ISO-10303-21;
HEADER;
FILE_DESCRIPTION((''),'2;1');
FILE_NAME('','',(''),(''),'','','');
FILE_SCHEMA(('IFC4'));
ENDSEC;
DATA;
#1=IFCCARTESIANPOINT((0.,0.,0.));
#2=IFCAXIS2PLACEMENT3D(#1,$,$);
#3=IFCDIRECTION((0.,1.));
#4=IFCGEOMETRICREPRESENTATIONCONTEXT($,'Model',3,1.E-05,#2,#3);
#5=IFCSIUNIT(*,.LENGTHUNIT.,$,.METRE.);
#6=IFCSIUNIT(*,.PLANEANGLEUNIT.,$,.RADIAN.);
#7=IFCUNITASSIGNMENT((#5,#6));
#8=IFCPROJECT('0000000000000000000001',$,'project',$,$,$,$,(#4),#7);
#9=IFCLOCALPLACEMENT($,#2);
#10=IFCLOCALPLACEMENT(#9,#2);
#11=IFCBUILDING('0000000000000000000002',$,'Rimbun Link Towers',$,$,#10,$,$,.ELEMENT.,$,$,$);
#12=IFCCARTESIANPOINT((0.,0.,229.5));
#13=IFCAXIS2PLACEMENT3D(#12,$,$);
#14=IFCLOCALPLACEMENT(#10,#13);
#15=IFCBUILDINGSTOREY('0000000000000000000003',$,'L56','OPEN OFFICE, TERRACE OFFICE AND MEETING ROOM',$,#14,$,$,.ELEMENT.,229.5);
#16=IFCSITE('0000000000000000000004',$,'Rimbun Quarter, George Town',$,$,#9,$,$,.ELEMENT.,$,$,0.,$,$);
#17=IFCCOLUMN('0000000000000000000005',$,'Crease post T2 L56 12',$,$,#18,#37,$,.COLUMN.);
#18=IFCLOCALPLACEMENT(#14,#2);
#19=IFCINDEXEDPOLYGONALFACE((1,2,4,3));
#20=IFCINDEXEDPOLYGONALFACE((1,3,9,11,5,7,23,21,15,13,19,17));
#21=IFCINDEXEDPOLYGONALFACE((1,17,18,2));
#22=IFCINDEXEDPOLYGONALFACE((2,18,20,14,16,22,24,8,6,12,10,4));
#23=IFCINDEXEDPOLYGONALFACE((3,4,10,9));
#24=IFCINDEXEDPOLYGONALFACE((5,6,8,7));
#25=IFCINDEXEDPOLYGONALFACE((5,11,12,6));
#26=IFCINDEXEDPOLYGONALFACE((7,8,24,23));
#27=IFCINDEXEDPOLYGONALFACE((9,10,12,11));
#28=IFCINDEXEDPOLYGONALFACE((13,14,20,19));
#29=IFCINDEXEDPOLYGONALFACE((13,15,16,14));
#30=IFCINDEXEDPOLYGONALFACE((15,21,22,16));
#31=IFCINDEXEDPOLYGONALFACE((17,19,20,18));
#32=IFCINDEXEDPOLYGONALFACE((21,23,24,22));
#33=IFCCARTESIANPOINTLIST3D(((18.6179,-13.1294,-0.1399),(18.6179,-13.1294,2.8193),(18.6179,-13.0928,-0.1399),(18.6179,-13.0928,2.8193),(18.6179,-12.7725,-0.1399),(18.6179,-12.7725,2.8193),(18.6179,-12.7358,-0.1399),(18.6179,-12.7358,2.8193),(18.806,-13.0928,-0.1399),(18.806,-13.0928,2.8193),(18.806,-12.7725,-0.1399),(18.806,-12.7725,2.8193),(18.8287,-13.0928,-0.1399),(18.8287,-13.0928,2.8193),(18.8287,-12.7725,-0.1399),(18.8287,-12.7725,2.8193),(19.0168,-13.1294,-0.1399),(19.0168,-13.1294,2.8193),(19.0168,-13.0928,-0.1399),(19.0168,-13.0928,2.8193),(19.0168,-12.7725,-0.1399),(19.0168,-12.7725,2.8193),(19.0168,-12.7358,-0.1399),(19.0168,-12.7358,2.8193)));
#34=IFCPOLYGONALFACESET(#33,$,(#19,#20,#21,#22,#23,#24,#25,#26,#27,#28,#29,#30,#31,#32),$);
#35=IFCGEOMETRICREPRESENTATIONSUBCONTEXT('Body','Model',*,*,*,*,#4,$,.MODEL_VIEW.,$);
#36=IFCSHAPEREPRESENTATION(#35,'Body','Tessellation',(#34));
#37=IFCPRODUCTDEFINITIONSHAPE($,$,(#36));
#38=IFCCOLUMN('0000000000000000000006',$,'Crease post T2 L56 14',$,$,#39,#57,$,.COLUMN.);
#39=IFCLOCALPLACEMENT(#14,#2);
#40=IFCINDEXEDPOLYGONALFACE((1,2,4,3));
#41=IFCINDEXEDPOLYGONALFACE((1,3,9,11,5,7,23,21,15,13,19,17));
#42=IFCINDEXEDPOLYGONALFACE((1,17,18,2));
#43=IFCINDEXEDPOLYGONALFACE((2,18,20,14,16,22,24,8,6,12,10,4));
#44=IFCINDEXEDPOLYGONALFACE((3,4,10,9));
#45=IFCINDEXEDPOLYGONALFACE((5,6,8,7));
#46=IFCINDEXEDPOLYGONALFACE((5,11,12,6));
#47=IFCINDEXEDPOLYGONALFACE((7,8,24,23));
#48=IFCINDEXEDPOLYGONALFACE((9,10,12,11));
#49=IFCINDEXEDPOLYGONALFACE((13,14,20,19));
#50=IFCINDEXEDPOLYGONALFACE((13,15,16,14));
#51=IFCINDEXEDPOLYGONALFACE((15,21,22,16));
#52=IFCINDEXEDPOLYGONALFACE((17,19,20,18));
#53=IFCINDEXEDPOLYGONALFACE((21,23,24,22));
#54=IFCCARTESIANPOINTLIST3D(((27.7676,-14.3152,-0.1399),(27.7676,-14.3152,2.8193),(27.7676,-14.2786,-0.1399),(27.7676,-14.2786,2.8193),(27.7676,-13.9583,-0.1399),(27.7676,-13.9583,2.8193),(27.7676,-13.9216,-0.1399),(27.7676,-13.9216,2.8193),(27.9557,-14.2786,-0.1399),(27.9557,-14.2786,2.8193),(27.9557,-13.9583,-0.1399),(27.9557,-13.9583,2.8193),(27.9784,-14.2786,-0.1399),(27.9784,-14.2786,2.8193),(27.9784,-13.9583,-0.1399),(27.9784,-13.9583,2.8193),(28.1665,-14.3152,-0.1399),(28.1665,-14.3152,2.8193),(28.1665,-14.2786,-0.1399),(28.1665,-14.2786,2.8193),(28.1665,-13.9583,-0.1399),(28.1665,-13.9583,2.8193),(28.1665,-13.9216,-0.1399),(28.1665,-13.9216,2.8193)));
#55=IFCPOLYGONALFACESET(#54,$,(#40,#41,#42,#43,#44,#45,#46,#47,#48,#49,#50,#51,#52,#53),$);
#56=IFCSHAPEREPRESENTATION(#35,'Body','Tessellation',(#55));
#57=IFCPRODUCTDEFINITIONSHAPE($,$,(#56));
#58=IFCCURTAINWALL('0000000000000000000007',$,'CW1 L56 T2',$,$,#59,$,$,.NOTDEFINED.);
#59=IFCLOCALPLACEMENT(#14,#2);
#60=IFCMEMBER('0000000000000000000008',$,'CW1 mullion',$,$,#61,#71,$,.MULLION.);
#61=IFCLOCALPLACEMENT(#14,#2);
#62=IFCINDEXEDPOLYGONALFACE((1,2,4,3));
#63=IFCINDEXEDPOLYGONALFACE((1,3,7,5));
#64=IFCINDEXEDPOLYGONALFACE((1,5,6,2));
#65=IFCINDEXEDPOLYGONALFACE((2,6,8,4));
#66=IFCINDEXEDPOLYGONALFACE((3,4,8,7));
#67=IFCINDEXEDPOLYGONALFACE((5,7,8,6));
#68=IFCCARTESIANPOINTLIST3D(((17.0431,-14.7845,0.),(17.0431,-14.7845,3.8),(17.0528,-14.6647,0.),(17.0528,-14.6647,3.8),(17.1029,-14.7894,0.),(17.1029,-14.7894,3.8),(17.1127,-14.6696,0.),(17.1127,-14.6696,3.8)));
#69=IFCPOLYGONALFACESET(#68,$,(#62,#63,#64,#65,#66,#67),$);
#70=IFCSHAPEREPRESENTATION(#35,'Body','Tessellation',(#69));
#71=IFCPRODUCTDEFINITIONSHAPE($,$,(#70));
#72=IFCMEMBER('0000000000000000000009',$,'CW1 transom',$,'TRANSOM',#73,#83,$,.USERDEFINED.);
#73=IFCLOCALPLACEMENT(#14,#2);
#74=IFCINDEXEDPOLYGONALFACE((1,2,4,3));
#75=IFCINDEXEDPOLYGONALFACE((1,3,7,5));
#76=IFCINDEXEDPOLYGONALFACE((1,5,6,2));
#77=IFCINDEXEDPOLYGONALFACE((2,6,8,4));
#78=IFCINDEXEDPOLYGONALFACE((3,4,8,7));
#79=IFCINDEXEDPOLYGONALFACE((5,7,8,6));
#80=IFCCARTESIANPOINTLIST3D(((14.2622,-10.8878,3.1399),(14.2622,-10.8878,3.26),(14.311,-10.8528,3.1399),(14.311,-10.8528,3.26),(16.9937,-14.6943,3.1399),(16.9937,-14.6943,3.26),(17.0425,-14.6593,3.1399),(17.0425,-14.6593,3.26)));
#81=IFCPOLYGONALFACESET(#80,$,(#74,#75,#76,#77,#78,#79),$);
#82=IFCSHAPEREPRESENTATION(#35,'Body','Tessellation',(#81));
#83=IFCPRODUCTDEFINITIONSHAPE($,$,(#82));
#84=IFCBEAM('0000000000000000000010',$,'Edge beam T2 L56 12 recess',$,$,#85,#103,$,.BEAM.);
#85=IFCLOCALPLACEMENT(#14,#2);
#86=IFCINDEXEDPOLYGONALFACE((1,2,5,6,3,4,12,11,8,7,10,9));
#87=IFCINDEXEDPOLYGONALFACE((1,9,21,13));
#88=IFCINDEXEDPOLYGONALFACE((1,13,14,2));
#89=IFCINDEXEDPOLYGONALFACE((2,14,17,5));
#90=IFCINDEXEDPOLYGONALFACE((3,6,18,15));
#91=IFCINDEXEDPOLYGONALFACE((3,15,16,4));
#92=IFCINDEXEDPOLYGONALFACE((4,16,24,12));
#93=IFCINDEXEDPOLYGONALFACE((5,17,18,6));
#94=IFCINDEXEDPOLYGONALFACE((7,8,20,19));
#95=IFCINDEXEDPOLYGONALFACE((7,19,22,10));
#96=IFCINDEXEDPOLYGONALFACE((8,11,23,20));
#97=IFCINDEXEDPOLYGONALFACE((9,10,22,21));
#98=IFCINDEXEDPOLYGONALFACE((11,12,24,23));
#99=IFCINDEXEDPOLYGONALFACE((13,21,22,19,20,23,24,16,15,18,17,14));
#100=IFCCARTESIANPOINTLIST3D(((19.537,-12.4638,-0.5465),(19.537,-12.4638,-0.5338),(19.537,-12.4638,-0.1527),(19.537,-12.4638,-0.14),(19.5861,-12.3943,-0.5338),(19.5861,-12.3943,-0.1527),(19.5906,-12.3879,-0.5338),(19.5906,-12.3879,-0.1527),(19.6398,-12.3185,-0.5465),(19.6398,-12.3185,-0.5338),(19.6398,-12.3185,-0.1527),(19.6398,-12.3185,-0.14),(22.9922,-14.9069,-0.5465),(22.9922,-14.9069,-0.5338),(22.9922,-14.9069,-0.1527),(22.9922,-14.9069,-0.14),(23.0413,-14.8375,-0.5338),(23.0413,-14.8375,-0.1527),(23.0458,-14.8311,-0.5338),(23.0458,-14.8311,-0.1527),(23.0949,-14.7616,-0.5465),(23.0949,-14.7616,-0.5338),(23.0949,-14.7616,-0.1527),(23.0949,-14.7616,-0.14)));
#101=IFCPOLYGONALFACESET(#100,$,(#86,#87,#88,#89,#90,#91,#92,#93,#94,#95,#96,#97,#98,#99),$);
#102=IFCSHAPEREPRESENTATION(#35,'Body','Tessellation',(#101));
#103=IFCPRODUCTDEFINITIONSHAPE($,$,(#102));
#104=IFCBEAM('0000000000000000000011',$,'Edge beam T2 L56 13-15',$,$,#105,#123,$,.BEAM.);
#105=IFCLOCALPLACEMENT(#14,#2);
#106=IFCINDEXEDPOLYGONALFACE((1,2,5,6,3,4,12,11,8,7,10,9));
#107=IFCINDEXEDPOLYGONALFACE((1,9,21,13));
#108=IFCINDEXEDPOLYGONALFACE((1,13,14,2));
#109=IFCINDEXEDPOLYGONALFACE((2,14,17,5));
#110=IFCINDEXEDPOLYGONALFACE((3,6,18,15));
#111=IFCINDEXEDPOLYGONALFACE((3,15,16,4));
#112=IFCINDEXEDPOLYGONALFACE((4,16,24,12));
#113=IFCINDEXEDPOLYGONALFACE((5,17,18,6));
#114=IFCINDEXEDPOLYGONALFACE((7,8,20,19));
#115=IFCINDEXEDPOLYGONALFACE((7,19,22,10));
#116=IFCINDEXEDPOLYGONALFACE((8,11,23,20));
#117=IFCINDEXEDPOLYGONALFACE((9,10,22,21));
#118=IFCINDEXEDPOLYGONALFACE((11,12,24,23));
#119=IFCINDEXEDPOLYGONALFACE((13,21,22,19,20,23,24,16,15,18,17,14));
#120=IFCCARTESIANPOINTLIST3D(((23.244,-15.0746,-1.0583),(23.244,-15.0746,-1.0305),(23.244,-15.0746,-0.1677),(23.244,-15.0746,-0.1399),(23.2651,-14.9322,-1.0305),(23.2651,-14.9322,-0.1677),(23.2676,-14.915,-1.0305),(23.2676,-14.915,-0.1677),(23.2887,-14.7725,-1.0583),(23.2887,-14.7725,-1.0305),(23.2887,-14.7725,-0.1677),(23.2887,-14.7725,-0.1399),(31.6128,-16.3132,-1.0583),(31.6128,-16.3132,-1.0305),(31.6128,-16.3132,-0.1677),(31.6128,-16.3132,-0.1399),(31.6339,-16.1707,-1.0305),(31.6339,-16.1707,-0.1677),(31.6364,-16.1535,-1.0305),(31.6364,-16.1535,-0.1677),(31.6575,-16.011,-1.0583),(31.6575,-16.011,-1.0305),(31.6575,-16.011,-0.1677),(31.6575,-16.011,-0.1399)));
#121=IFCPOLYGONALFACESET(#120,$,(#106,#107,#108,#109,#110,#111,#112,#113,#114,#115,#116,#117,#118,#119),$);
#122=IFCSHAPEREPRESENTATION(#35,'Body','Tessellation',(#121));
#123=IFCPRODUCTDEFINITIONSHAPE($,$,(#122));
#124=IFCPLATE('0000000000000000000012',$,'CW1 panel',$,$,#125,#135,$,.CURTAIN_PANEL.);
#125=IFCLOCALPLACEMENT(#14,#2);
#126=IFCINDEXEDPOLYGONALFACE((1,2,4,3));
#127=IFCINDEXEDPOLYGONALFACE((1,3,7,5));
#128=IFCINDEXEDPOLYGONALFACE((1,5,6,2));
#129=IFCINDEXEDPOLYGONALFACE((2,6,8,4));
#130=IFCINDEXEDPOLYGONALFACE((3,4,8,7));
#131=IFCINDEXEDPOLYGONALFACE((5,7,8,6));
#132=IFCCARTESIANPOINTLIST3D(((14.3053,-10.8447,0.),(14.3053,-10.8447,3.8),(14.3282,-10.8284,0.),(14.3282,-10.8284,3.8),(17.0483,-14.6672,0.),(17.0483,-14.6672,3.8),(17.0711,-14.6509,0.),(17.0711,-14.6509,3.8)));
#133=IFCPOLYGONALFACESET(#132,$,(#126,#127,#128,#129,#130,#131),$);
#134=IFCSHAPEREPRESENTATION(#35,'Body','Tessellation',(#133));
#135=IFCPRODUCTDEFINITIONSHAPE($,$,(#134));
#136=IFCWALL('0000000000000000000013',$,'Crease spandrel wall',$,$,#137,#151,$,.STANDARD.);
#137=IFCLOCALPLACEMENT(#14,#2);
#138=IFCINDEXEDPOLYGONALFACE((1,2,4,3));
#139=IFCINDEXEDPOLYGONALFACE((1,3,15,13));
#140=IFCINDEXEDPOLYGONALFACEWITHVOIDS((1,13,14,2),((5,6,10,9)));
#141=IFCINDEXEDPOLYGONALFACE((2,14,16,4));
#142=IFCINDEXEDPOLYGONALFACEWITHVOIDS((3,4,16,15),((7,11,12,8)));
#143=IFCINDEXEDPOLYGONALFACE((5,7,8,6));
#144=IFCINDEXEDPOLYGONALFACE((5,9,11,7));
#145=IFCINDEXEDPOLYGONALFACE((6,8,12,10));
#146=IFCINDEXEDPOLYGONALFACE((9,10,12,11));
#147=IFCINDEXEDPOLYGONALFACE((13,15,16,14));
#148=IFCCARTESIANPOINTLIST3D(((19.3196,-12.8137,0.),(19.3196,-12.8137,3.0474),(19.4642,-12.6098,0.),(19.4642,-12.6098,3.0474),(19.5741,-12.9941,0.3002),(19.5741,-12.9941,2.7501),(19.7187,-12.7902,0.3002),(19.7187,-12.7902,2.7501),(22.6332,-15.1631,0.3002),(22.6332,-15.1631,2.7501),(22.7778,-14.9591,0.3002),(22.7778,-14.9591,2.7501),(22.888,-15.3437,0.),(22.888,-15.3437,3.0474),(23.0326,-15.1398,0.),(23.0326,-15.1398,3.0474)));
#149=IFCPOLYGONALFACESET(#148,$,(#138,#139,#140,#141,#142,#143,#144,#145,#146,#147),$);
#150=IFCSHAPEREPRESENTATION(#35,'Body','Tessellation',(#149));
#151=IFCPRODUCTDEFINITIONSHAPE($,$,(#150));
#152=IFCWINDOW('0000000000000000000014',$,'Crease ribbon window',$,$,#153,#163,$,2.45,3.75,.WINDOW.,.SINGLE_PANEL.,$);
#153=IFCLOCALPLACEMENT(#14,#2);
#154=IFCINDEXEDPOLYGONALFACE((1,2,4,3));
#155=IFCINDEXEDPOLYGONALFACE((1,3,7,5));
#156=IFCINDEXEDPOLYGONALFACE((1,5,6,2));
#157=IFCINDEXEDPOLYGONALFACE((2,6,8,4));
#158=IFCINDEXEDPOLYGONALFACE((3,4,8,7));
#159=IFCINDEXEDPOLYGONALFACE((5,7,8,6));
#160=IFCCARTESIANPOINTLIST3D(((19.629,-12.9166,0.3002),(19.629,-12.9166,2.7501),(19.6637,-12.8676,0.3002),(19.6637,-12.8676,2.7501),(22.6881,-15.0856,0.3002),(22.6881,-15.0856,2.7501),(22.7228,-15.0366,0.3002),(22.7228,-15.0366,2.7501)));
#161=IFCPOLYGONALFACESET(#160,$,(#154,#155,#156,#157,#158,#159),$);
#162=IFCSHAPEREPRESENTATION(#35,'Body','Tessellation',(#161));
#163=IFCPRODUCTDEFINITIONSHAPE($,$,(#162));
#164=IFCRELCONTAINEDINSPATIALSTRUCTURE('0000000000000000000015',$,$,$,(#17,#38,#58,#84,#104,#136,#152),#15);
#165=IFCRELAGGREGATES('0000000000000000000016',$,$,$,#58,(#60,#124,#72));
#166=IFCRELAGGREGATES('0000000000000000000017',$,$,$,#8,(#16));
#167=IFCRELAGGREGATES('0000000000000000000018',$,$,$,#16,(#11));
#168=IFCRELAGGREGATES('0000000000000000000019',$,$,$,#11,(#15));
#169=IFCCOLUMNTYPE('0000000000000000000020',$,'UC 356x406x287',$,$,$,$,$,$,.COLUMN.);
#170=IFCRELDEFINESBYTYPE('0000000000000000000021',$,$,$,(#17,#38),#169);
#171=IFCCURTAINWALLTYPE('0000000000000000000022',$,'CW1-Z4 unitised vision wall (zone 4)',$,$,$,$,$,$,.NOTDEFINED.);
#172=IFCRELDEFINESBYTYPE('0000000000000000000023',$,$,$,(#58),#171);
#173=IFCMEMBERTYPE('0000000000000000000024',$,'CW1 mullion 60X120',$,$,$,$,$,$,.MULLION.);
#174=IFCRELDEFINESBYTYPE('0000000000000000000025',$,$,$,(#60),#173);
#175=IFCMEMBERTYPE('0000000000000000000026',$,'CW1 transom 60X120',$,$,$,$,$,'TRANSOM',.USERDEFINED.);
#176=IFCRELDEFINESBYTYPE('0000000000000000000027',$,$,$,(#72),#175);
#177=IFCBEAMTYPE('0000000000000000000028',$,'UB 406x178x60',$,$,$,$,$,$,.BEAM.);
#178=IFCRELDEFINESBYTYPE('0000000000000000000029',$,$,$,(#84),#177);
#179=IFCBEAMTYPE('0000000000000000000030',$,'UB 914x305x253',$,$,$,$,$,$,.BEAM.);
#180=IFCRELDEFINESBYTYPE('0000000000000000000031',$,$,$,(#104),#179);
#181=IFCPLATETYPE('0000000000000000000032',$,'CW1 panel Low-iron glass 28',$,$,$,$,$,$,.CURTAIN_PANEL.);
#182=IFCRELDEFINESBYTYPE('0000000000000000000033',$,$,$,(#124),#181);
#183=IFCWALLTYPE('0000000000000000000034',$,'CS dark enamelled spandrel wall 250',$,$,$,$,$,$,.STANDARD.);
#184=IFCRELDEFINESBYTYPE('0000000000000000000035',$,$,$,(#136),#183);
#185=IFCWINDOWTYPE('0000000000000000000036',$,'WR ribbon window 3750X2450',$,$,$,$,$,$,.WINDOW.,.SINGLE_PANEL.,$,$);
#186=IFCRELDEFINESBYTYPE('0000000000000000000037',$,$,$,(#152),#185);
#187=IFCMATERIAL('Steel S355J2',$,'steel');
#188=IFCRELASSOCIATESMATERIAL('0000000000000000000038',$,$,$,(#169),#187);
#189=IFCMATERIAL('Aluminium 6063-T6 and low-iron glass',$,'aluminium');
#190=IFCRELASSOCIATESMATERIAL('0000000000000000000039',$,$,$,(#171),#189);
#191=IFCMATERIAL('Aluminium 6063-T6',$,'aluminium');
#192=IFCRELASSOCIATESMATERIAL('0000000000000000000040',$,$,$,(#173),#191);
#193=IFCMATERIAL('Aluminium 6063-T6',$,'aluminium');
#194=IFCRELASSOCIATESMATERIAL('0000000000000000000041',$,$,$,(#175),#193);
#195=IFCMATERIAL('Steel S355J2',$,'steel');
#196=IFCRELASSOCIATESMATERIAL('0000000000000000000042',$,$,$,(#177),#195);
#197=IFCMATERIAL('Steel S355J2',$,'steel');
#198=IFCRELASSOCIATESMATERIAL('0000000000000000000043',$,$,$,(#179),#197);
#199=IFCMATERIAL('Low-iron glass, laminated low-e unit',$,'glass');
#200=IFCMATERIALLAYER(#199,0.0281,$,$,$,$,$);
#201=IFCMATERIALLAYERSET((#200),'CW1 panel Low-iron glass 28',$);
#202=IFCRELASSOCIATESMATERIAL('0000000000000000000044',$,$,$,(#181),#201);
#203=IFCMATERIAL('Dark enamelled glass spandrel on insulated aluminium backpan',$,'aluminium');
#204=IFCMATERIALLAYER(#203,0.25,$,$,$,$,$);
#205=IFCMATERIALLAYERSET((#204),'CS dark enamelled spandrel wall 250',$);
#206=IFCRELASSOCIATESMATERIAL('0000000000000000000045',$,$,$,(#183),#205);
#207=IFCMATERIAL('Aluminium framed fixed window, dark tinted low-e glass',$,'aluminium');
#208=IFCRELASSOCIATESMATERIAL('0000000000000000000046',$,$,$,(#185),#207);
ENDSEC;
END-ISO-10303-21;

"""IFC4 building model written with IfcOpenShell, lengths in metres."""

from ifc_helpers import new_model, si_unit, direction, frame, frame_2d, origin, origin_2d, place, context, subcontext, project, spatial, rectangle, i_section, extrude, material, layer, layer_set, material_profile, profile_set, type_object, element, fill, aggregate, save


model = new_model("IFC4")

# Units and contexts
model_context = context("Model", 3, precision=1e-05, world=origin(), true_north=direction((0.0, 1.0)))
body_context = subcontext(model_context, "Body", "Model", "MODEL_VIEW")
ifc_project = project(units=[si_unit("LENGTHUNIT", "METRE"), si_unit("PLANEANGLEUNIT", "RADIAN")], contexts=[model_context])

# Site, building, storey
site_placement = place(None, origin())
site = spatial("IfcSite", under=ifc_project, at=site_placement, Name="Rimbun Quarter, George Town", CompositionType="ELEMENT", RefElevation=0.0)
building_placement = place(site_placement, origin())
building = spatial("IfcBuilding", under=site, at=building_placement, Name="Rimbun Link Towers", CompositionType="ELEMENT")
storey_placement = place(building_placement, frame((0.0, 0.0, 229.5)))
storey = spatial("IfcBuildingStorey", under=building, at=storey_placement, Name="L56", Description="OPEN OFFICE, TERRACE OFFICE AND MEETING ROOM", CompositionType="ELEMENT", Elevation=229.5)

# Columns
ifc_material_1 = material(Name="Steel S355J2", Category="steel")
ifc_material_profile_1 = material_profile(ifc_material_1, i_section(OverallWidth=0.3989, OverallDepth=0.3936, WebThickness=0.0227, FlangeThickness=0.0366, at=origin_2d()), Name="UC 356x406x287")
ifc_profile_set_1 = profile_set([ifc_material_profile_1], Name="Steel S355J2")
column_type = type_object("IfcColumnType", Name="UC 356x406x287", PredefinedType="COLUMN", material=ifc_profile_set_1)
for number, where, z_axis, x_axis, name in (
    (1, (18.8174, -12.9326, -0.1399), (0.0, 0.0, 1.0), (1.0, 0.0, 0.0), "Crease post T2 L56 12"),
    (2, (27.967, -14.1184, -0.1399), (0.0, 0.0, 1.0), (1.0, 0.0, 0.0), "Crease post T2 L56 14"),
):
    element("IfcColumn", number, at=place(storey_placement, frame(where, z_axis=z_axis, x_axis=x_axis)), inside=storey, type_object=column_type, Name=name, PredefinedType="COLUMN", context=body_context, shape_type="SweptSolid", body=[
        extrude(i_section(OverallWidth=0.3989, OverallDepth=0.3936, WebThickness=0.0227, FlangeThickness=0.0366, at=origin_2d()), origin(), (0.0, 0.0, 1.0), 2.9592),
    ])

# Curtain wall, members
ifc_material_2 = material(Name="Aluminium 6063-T6 and low-iron glass", Category="aluminium")
curtain_wall_type = type_object("IfcCurtainWallType", Name="CW1-Z4 unitised vision wall (zone 4)", PredefinedType="NOTDEFINED", material=ifc_material_2)
curtain_wall_placement = place(storey_placement, origin())
curtain_wall = element("IfcCurtainWall", 3, at=curtain_wall_placement, inside=storey, type_object=curtain_wall_type, Name="CW1 L56 T2", PredefinedType="NOTDEFINED")
ifc_material_3 = material(Name="Aluminium 6063-T6", Category="aluminium")
ifc_material_profile_2 = material_profile(ifc_material_3, rectangle(XDim=0.1201, YDim=0.0601, at=origin_2d()), Name="MULLION 60X120")
ifc_profile_set_2 = profile_set([ifc_material_profile_2], Name="Aluminium 6063-T6")
member_type_1 = type_object("IfcMemberType", Name="CW1 mullion 60X120", PredefinedType="MULLION", material=ifc_profile_set_2)
member_1_placement = place(storey_placement, frame((17.0779, -14.7271, 0.0), z_axis=(0.0, 0.0, 1.0), x_axis=(-0.081395, -0.996682, 0.0)))
member_1 = element("IfcMember", 4, at=member_1_placement, type_object=member_type_1, Name="CW1 mullion", PredefinedType="MULLION", context=body_context, shape_type="SweptSolid", body=[
    extrude(rectangle(XDim=0.1201, YDim=0.0601, at=origin_2d()), origin(), (0.0, 0.0, 1.0), 3.8),
])
ifc_material_4 = material(Name="Aluminium 6063-T6", Category="aluminium")
ifc_material_profile_3 = material_profile(ifc_material_4, rectangle(XDim=0.0601, YDim=0.1201, at=origin_2d()), Name="TRANSOM 60X120")
ifc_profile_set_3 = profile_set([ifc_material_profile_3], Name="Aluminium 6063-T6")
member_type_2 = type_object("IfcMemberType", Name="CW1 transom 60X120", ElementType="TRANSOM", PredefinedType="USERDEFINED", material=ifc_profile_set_3)
member_2_placement = place(storey_placement, frame((17.0181, -14.6768, 3.2), z_axis=(-0.583016, 0.81246, 0.0), x_axis=(-0.81246, -0.583016, 0.0)))
member_2 = element("IfcMember", 5, at=member_2_placement, type_object=member_type_2, Name="CW1 transom", ObjectType="TRANSOM", PredefinedType="USERDEFINED", context=body_context, shape_type="SweptSolid", body=[
    extrude(rectangle(XDim=0.0601, YDim=0.1201, at=origin_2d()), origin(), (0.0, 0.0, 1.0), 4.6851),
])

# Beams
ifc_material_5 = material(Name="Steel S355J2", Category="steel")
ifc_material_profile_4 = material_profile(ifc_material_5, i_section(OverallWidth=0.178, OverallDepth=0.4065, WebThickness=0.0078, FlangeThickness=0.0127, at=origin_2d()), Name="UB 406x178x60")
ifc_profile_set_4 = profile_set([ifc_material_profile_4], Name="Steel S355J2")
beam_type_1 = type_object("IfcBeamType", Name="UB 406x178x60", PredefinedType="BEAM", material=ifc_profile_set_4)
beam_1_placement = place(storey_placement, frame((19.5884, -12.3911, -0.3433), z_axis=(0.816496, -0.577351, 0.0), x_axis=(0.577351, 0.816496, 0.0)))
element("IfcBeam", 6, at=beam_1_placement, inside=storey, type_object=beam_type_1, Name="Edge beam T2 L56 12 recess", PredefinedType="BEAM", context=body_context, shape_type="SweptSolid", body=[
    extrude(i_section(OverallWidth=0.178, OverallDepth=0.4065, WebThickness=0.0078, FlangeThickness=0.0127, at=origin_2d()), origin(), (0.0, 0.0, 1.0), 4.2317),
])
ifc_material_6 = material(Name="Steel S355J2", Category="steel")
ifc_material_profile_5 = material_profile(ifc_material_6, i_section(OverallWidth=0.3054, OverallDepth=0.9185, WebThickness=0.0173, FlangeThickness=0.0278, at=origin_2d()), Name="UB 914x305x253")
ifc_profile_set_5 = profile_set([ifc_material_profile_5], Name="Steel S355J2")
beam_type_2 = type_object("IfcBeamType", Name="UB 914x305x253", PredefinedType="BEAM", material=ifc_profile_set_5)
beam_2_placement = place(storey_placement, frame((23.2664, -14.9236, -0.5991), z_axis=(0.989226, -0.146397, 0.0), x_axis=(0.146397, 0.989226, 0.0)))
element("IfcBeam", 7, at=beam_2_placement, inside=storey, type_object=beam_type_2, Name="Edge beam T2 L56 13-15", PredefinedType="BEAM", context=body_context, shape_type="SweptSolid", body=[
    extrude(i_section(OverallWidth=0.3054, OverallDepth=0.9185, WebThickness=0.0173, FlangeThickness=0.0278, at=origin_2d()), origin(), (0.0, 0.0, 1.0), 8.46),
])

# Plate
ifc_material_7 = material(Name="Low-iron glass, laminated low-e unit", Category="glass")
ifc_layer_1 = layer(ifc_material_7, 0.0281)
ifc_layer_set_1 = layer_set([ifc_layer_1], Name="CW1 panel Low-iron glass 28")
plate_type = type_object("IfcPlateType", Name="CW1 panel Low-iron glass 28", PredefinedType="CURTAIN_PANEL", material=ifc_layer_set_1)
plate_placement = place(storey_placement, frame((15.6882, -12.7478, 0.0), z_axis=(0.0, 0.0, 1.0), x_axis=(-0.583009, 0.812465, 0.0)))
plate = element("IfcPlate", 8, at=plate_placement, type_object=plate_type, Name="CW1 panel", PredefinedType="CURTAIN_PANEL", context=body_context, shape_type="SweptSolid", body=[
    extrude(rectangle(XDim=4.7048, YDim=0.0281, at=origin_2d()), origin(), (0.0, 0.0, 1.0), 3.8),
])
aggregate(curtain_wall, [member_1, plate, member_2])

# Wall, opening, window
ifc_material_8 = material(Name="Dark enamelled glass spandrel on insulated aluminium backpan", Category="aluminium")
ifc_layer_2 = layer(ifc_material_8, 0.25)
ifc_layer_set_2 = layer_set([ifc_layer_2], Name="CS dark enamelled spandrel wall 250")
wall_type_1 = type_object("IfcWallType", Name="CS dark enamelled spandrel wall 250", PredefinedType="STANDARD", material=ifc_layer_set_2)
wall_1_placement = place(storey_placement, frame((22.9602, -15.2417, 0.0), z_axis=(0.0, 0.0, 1.0), x_axis=(-0.815761, 0.578389, 0.0)))
wall_1 = element("IfcWall", 9, at=wall_1_placement, inside=storey, type_object=wall_type_1, Name="Crease spandrel wall", PredefinedType="STANDARD", context=body_context, shape_type="SweptSolid", body=[
    extrude(rectangle(XDim=4.3743, YDim=0.25, at=frame_2d((2.187, 0.0))), origin(), (0.0, 0.0, 1.0), 3.0474),
])
opening_1_placement = place(wall_1_placement, frame((0.3123, 0.0, 0.3)))
opening_1 = element("IfcOpeningElement", 10, at=opening_1_placement, cuts=wall_1, PredefinedType="OPENING", context=body_context, shape_type="SweptSolid", body=[
    extrude(rectangle(XDim=3.75, YDim=2.45, at=frame_2d((1.875, 1.2251))), frame((0.0, 0.135, 0.0), z_axis=(0.0, -1.0, 0.0), x_axis=(1.0, 0.0, 0.0)), (0.0, 0.0, 1.0), 0.27),
])
ifc_material_9 = material(Name="Aluminium framed fixed window, dark tinted low-e glass", Category="aluminium")
window_type_1 = type_object("IfcWindowType", Name="WR ribbon window 3750X2450", PartitioningType="SINGLE_PANEL", PredefinedType="WINDOW", material=ifc_material_9)
window_1_placement = place(opening_1_placement, origin())
window_1 = element("IfcWindow", 11, at=window_1_placement, inside=storey, type_object=window_type_1, Name="Crease ribbon window", OverallHeight=2.45, OverallWidth=3.75, PartitioningType="SINGLE_PANEL", PredefinedType="WINDOW", context=body_context, shape_type="SweptSolid", body=[
    extrude(rectangle(XDim=3.75, YDim=2.45, at=frame_2d((1.875, 1.2251))), frame((0.0, 0.03, 0.0), z_axis=(0.0, -1.0, 0.0), x_axis=(1.0, 0.0, 0.0)), (0.0, 0.0, 1.0), 0.0601),
])
fill(opening_1, window_1)

save(model, "model.ifc")
